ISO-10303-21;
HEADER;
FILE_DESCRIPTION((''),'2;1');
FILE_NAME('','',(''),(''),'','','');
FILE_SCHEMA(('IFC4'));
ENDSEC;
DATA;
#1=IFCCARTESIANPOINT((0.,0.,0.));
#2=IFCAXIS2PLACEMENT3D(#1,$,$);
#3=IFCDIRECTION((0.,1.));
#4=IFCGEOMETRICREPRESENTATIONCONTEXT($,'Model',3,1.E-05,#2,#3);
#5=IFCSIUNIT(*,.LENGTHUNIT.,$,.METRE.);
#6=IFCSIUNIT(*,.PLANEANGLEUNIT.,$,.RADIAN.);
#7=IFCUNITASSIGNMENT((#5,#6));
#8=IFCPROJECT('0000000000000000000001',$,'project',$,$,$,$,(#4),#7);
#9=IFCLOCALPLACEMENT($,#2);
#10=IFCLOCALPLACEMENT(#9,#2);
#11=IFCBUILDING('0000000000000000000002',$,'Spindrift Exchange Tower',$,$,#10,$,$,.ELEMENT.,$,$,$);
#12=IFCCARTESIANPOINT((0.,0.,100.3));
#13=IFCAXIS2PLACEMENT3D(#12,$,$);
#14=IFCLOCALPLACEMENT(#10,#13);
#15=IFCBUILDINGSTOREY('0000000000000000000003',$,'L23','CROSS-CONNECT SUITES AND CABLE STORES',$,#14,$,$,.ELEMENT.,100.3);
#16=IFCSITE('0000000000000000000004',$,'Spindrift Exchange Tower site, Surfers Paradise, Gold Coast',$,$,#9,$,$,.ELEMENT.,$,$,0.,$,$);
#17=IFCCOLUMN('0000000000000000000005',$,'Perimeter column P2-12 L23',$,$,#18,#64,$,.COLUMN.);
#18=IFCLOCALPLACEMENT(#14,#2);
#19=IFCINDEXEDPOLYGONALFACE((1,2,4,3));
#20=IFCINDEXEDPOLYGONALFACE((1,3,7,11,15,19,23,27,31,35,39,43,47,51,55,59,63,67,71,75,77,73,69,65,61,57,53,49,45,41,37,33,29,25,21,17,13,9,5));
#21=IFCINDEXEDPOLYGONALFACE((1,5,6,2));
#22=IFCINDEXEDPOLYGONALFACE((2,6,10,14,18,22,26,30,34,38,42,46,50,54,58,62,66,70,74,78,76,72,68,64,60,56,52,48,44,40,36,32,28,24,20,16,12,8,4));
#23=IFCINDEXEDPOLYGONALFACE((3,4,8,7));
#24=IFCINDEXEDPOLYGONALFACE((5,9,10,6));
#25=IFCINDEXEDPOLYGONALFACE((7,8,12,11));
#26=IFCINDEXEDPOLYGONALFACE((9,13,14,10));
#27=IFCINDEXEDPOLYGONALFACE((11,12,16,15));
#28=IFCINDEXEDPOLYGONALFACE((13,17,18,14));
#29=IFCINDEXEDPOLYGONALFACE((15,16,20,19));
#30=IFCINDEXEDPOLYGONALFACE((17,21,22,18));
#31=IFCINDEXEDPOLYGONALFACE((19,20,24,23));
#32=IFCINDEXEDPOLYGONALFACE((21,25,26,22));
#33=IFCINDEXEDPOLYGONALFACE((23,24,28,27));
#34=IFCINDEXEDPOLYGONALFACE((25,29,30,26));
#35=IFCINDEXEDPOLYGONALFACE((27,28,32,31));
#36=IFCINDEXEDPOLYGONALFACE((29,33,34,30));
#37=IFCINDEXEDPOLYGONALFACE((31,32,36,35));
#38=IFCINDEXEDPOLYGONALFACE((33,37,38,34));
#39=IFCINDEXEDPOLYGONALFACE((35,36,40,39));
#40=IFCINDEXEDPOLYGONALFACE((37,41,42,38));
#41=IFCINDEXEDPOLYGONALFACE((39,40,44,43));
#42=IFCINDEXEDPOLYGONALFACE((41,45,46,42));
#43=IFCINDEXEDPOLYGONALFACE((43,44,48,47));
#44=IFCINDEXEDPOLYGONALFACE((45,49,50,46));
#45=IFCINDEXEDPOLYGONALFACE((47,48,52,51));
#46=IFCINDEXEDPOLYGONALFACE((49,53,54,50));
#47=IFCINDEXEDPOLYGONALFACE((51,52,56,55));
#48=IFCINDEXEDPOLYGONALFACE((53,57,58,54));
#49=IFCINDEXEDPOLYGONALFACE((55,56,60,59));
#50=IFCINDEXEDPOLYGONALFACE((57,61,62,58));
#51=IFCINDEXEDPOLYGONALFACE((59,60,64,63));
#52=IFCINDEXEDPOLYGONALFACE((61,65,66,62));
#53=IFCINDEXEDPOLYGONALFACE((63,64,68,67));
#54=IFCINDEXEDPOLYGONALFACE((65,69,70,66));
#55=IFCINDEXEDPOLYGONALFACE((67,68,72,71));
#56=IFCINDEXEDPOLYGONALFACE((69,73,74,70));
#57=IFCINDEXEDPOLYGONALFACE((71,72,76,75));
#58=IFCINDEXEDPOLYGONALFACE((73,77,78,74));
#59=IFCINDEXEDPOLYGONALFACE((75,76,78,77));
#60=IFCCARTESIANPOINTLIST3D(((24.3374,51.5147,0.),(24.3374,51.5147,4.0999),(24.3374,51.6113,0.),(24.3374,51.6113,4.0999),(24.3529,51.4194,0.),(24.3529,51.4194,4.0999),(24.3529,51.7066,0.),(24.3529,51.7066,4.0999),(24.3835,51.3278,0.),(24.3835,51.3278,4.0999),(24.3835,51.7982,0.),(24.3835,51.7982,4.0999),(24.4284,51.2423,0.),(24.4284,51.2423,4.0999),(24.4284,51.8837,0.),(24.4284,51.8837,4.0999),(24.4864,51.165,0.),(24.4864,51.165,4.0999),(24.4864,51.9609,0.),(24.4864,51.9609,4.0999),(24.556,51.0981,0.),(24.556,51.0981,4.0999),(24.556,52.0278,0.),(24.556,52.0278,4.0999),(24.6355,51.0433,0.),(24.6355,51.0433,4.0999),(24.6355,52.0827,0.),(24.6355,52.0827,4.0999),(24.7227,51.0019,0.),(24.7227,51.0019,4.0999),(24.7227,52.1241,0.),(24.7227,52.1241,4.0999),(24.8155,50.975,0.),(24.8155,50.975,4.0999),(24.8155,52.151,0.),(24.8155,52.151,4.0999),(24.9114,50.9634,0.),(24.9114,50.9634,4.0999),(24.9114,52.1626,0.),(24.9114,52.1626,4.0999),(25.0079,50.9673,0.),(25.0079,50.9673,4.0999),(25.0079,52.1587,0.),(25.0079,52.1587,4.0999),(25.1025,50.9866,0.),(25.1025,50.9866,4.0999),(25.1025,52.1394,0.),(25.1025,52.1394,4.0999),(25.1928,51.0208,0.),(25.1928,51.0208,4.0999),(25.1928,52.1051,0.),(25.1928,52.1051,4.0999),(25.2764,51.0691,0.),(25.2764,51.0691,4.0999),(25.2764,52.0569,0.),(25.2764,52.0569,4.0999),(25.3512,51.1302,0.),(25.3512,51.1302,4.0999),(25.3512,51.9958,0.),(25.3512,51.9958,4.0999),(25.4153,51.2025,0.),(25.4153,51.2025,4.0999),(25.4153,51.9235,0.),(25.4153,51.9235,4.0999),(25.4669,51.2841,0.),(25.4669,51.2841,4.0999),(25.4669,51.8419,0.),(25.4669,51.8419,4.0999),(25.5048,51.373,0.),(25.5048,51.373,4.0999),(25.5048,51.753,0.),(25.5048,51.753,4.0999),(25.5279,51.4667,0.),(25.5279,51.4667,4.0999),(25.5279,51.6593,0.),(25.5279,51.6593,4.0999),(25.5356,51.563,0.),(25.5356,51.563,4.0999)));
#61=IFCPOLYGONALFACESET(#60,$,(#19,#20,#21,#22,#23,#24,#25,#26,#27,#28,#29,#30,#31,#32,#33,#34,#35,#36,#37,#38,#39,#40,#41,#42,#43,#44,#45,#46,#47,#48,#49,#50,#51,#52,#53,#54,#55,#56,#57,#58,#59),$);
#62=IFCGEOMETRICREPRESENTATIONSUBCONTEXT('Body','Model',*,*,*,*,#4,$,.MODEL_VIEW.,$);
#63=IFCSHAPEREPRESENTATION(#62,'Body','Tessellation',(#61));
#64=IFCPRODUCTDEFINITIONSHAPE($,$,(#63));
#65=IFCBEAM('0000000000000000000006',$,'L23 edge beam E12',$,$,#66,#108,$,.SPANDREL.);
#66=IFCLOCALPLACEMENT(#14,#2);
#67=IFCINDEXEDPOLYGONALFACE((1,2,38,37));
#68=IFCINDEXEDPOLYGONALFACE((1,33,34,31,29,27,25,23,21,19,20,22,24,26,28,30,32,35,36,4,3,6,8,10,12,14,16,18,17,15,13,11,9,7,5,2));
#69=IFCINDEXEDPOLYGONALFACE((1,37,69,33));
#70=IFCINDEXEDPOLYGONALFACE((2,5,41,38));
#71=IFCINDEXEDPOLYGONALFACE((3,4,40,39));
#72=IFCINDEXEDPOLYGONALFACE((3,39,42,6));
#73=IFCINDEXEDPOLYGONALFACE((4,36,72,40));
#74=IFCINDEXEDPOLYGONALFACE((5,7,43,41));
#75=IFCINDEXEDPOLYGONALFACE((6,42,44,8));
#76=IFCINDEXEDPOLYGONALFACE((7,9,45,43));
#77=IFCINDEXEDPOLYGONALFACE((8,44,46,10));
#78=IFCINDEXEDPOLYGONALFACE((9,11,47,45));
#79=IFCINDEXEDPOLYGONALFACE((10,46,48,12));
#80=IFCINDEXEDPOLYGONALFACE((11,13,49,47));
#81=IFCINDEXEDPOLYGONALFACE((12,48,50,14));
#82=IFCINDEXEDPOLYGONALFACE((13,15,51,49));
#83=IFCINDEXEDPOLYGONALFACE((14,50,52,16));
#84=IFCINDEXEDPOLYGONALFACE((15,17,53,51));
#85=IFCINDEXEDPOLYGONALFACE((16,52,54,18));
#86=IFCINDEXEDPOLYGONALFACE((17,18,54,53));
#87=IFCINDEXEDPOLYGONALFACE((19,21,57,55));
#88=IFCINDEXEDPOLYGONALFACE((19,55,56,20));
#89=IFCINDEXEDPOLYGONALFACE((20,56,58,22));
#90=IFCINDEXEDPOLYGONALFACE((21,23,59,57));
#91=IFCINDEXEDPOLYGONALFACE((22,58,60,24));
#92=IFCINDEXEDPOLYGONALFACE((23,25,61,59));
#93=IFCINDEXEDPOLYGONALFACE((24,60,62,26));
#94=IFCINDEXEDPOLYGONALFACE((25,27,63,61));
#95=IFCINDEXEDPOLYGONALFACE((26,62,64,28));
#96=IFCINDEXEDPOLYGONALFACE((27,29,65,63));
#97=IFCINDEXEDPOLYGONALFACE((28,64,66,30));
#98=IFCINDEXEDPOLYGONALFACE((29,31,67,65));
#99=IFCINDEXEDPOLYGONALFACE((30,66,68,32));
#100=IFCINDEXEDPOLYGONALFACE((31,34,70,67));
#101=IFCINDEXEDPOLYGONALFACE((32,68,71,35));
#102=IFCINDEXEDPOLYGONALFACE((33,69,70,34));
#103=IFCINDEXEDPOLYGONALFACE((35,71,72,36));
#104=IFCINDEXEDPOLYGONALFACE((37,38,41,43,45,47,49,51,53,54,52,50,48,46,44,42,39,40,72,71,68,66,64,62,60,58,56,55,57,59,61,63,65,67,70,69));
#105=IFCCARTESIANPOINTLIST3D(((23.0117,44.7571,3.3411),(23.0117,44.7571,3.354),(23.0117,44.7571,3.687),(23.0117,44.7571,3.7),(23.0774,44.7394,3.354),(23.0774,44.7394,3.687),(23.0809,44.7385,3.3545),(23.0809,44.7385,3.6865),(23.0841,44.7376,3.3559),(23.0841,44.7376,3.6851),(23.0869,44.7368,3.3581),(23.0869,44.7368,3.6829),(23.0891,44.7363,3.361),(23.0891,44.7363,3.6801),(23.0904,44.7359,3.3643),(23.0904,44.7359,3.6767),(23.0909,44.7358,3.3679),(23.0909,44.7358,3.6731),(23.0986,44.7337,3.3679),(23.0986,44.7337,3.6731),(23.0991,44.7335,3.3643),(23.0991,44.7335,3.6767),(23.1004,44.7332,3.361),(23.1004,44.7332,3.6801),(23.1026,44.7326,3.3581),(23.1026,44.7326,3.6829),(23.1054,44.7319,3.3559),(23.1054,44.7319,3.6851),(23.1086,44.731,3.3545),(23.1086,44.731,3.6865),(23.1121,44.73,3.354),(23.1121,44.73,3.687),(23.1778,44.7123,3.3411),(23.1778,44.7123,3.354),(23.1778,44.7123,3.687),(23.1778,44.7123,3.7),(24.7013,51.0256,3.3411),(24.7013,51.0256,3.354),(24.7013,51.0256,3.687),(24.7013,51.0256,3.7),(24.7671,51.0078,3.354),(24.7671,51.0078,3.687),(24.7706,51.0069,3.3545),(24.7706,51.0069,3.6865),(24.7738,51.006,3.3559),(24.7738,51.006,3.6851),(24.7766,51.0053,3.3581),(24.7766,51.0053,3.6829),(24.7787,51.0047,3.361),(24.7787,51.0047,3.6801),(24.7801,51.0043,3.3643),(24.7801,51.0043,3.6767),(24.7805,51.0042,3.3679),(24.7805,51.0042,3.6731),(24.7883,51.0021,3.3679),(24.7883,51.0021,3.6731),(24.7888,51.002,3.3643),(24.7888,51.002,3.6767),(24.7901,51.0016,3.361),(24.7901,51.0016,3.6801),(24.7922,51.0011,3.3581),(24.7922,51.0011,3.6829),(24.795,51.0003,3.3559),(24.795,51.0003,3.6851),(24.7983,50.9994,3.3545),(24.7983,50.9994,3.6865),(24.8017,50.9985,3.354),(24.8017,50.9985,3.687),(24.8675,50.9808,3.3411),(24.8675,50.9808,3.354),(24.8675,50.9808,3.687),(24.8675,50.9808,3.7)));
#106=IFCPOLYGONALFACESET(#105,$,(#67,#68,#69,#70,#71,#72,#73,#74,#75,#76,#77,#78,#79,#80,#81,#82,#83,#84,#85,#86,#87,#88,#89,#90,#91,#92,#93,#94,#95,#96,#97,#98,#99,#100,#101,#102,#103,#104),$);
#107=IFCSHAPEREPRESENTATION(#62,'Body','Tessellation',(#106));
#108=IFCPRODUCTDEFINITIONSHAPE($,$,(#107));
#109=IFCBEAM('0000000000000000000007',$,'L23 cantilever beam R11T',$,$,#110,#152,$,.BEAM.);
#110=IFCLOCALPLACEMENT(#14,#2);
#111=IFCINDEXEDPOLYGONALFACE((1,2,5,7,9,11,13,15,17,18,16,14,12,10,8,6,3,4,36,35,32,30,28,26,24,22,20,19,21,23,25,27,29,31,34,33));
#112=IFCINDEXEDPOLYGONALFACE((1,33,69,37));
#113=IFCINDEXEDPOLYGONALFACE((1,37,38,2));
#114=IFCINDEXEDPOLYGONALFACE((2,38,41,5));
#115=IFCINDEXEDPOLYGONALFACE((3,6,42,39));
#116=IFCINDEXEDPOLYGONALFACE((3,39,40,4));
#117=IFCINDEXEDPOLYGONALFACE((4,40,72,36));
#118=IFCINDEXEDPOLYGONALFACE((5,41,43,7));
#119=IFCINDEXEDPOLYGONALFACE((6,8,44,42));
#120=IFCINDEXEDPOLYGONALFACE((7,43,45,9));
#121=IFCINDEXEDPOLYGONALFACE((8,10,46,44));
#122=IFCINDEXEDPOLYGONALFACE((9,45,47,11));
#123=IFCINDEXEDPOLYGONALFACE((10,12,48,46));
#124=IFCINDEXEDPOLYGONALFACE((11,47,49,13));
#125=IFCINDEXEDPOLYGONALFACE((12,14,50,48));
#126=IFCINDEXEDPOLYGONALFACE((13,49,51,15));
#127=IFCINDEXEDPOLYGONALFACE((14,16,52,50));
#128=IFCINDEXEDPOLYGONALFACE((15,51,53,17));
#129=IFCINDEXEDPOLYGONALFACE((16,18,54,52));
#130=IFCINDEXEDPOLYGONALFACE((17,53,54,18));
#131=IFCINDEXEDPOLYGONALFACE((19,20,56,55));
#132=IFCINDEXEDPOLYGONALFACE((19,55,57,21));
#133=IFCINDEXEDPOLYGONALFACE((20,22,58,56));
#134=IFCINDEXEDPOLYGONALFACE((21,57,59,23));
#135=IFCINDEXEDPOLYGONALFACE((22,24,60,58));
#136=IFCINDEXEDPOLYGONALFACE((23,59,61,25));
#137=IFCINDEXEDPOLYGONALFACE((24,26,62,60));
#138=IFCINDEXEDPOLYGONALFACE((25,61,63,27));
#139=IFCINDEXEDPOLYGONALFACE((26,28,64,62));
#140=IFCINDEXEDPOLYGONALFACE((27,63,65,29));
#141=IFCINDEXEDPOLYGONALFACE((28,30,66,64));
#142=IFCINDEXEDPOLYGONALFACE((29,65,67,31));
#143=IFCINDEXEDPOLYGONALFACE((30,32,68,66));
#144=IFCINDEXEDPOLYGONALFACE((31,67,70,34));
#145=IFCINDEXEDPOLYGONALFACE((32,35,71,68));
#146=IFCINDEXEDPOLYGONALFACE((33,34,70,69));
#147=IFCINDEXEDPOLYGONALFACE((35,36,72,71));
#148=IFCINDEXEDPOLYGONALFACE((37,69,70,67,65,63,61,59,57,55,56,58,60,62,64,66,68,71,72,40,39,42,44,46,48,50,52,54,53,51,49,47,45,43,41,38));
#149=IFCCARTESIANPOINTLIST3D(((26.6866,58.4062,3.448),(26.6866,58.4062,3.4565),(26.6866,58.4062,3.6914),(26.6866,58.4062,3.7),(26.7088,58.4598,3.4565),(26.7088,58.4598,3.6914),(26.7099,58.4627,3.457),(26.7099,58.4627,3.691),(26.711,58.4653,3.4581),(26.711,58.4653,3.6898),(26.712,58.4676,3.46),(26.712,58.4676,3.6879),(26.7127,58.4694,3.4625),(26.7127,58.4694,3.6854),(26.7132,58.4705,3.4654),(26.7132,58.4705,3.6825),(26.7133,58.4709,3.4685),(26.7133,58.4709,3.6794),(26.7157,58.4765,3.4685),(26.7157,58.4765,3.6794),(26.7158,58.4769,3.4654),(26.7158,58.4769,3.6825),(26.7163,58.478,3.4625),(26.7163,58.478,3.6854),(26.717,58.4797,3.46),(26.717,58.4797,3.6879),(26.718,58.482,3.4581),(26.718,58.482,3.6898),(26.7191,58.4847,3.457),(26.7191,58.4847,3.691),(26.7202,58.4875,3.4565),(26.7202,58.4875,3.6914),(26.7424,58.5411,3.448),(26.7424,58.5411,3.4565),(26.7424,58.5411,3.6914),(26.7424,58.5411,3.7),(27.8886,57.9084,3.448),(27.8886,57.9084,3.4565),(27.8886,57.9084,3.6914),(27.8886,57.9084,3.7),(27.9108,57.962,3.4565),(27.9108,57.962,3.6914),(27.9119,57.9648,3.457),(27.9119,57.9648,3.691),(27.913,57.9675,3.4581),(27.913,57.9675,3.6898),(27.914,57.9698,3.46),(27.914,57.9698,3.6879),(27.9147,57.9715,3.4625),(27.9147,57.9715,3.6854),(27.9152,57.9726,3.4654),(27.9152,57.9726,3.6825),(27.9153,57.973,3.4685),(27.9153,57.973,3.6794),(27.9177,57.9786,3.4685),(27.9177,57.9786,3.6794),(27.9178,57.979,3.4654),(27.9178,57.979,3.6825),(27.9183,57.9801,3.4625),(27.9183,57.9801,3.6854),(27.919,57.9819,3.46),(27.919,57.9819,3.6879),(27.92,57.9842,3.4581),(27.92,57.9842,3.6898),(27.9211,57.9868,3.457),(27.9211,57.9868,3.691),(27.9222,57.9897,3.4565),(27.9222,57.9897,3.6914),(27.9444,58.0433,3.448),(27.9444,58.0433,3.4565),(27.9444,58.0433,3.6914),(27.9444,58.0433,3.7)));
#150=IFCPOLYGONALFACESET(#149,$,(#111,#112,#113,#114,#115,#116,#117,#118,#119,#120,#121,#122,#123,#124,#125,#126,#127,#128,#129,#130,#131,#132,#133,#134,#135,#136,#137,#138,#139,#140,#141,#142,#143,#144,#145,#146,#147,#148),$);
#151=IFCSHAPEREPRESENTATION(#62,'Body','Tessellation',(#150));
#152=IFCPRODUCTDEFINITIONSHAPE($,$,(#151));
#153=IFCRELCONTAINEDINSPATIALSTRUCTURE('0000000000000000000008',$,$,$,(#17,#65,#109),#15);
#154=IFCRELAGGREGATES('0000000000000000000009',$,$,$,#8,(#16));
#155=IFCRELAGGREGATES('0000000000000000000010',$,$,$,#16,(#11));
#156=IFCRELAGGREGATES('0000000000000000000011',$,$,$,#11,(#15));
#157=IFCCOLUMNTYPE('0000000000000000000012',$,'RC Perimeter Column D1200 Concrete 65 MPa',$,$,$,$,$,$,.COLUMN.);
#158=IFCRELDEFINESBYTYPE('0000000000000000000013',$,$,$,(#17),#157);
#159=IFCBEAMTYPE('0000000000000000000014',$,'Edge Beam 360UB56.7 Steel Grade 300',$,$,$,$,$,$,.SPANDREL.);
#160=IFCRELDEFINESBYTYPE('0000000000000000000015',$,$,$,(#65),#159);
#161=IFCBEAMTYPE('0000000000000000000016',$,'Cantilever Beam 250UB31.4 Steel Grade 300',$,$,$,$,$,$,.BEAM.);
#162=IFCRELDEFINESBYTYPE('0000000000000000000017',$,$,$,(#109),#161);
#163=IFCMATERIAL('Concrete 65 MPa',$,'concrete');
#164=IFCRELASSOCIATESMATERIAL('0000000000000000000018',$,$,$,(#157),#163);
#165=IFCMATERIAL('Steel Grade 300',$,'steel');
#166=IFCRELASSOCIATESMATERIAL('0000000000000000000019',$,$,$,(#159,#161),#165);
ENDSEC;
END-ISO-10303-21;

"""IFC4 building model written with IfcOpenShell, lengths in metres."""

from ifc_helpers import new_model, si_unit, direction, frame, origin, origin_2d, place, context, subcontext, project, spatial, circle, i_section, extrude, source, transform, mapped, material, material_profile, profile_set, type_object, element, save


model = new_model("IFC4")

# Units and contexts
model_context = context("Model", 3, precision=1e-05, world=origin(), true_north=direction((0.0, 1.0)))
body_context = subcontext(model_context, "Body", "Model", "MODEL_VIEW")
ifc_project = project(units=[si_unit("LENGTHUNIT", "METRE"), si_unit("PLANEANGLEUNIT", "RADIAN")], contexts=[model_context])

# Site, building, storey
site_placement = place(None, origin())
site = spatial("IfcSite", under=ifc_project, at=site_placement, Name="Spindrift Exchange Tower site, Surfers Paradise, Gold Coast", CompositionType="ELEMENT", RefElevation=0.0)
building_placement = place(site_placement, origin())
building = spatial("IfcBuilding", under=site, at=building_placement, Name="Spindrift Exchange Tower", CompositionType="ELEMENT")
storey_placement = place(building_placement, frame((0.0, 0.0, 100.3)))
storey = spatial("IfcBuildingStorey", under=building, at=storey_placement, Name="L23", Description="CROSS-CONNECT SUITES AND CABLE STORES", CompositionType="ELEMENT", Elevation=100.3)

# Column
ifc_material_1 = material(Name="Concrete 65 MPa", Category="concrete")
ifc_material_profile_1 = material_profile(ifc_material_1, circle(Radius=0.6001, at=origin_2d()), Name="RC D1200")
ifc_profile_set_1 = profile_set([ifc_material_profile_1], Name="Concrete 65 MPa")
column_type = type_object("IfcColumnType", Name="RC Perimeter Column D1200 Concrete 65 MPa", PredefinedType="COLUMN", material=ifc_profile_set_1)
shared_shape_1 = source(origin(), body_context, "Body", "SweptSolid", [
    extrude(circle(Radius=0.6001, at=origin_2d()), origin(), (0.0, 0.0, 1.0), 4.0999),
])
column_placement = place(storey_placement, frame((24.9355, 51.563, 0.0), z_axis=(0.0, 0.0, 1.0), x_axis=(1.0, 0.0, 0.0)))
element("IfcColumn", 1, at=column_placement, inside=storey, type_object=column_type, Name="Perimeter column P2-12 L23", PredefinedType="COLUMN", context=body_context, shape_type="MappedRepresentation", body=[
    mapped(shared_shape_1, transform((0.0, 0.0, 0.0), scale=1.0)),
])

# Beams
ifc_material_2 = material(Name="Steel Grade 300", Category="steel")
ifc_material_profile_2 = material_profile(ifc_material_2, i_section(OverallWidth=0.1721, OverallDepth=0.3589, WebThickness=0.0081, FlangeThickness=0.0129, FilletRadius=0.0139, at=origin_2d()), Name="360UB56.7")
ifc_profile_set_2 = profile_set([ifc_material_profile_2], Name="Steel Grade 300")
beam_type_1 = type_object("IfcBeamType", Name="Edge Beam 360UB56.7 Steel Grade 300", PredefinedType="SPANDREL", material=ifc_profile_set_2)
shared_shape_2 = source(origin(), body_context, "Body", "SweptSolid", [
    extrude(i_section(OverallWidth=0.1721, OverallDepth=0.3589, WebThickness=0.0081, FlangeThickness=0.0129, FilletRadius=0.0139, at=origin_2d()), origin(), (0.0, 0.0, 1.0), 6.4922),
])
beam_1_placement = place(storey_placement, frame((24.7844, 51.0032, 3.5205), z_axis=(-0.260262, -0.965538, 0.0), x_axis=(0.965538, -0.260262, 0.0)))
element("IfcBeam", 2, at=beam_1_placement, inside=storey, type_object=beam_type_1, Name="L23 edge beam E12", PredefinedType="SPANDREL", context=body_context, shape_type="MappedRepresentation", body=[
    mapped(shared_shape_2, transform((0.0, 0.0, 0.0), scale=1.0)),
])
ifc_material_profile_3 = material_profile(ifc_material_2, i_section(OverallWidth=0.146, OverallDepth=0.252, WebThickness=0.0061, FlangeThickness=0.0085, FilletRadius=0.012, at=origin_2d()), Name="250UB31.4")
ifc_profile_set_3 = profile_set([ifc_material_profile_3], Name="Steel Grade 300")
beam_type_2 = type_object("IfcBeamType", Name="Cantilever Beam 250UB31.4 Steel Grade 300", PredefinedType="BEAM", material=ifc_profile_set_3)
shared_shape_3 = source(origin(), body_context, "Body", "SweptSolid", [
    extrude(i_section(OverallWidth=0.146, OverallDepth=0.252, WebThickness=0.0061, FlangeThickness=0.0085, FilletRadius=0.012, at=origin_2d()), origin(), (0.0, 0.0, 1.0), 1.301),
])
beam_2_placement = place(storey_placement, frame((27.9165, 57.9758, 3.574), z_axis=(-0.923891, 0.382656, 0.0), x_axis=(-0.382656, -0.923891, 0.0)))
element("IfcBeam", 3, at=beam_2_placement, inside=storey, type_object=beam_type_2, Name="L23 cantilever beam R11T", PredefinedType="BEAM", context=body_context, shape_type="MappedRepresentation", body=[
    mapped(shared_shape_3, transform((0.0, 0.0, 0.0), scale=1.0)),
])

save(model, "model.ifc")
